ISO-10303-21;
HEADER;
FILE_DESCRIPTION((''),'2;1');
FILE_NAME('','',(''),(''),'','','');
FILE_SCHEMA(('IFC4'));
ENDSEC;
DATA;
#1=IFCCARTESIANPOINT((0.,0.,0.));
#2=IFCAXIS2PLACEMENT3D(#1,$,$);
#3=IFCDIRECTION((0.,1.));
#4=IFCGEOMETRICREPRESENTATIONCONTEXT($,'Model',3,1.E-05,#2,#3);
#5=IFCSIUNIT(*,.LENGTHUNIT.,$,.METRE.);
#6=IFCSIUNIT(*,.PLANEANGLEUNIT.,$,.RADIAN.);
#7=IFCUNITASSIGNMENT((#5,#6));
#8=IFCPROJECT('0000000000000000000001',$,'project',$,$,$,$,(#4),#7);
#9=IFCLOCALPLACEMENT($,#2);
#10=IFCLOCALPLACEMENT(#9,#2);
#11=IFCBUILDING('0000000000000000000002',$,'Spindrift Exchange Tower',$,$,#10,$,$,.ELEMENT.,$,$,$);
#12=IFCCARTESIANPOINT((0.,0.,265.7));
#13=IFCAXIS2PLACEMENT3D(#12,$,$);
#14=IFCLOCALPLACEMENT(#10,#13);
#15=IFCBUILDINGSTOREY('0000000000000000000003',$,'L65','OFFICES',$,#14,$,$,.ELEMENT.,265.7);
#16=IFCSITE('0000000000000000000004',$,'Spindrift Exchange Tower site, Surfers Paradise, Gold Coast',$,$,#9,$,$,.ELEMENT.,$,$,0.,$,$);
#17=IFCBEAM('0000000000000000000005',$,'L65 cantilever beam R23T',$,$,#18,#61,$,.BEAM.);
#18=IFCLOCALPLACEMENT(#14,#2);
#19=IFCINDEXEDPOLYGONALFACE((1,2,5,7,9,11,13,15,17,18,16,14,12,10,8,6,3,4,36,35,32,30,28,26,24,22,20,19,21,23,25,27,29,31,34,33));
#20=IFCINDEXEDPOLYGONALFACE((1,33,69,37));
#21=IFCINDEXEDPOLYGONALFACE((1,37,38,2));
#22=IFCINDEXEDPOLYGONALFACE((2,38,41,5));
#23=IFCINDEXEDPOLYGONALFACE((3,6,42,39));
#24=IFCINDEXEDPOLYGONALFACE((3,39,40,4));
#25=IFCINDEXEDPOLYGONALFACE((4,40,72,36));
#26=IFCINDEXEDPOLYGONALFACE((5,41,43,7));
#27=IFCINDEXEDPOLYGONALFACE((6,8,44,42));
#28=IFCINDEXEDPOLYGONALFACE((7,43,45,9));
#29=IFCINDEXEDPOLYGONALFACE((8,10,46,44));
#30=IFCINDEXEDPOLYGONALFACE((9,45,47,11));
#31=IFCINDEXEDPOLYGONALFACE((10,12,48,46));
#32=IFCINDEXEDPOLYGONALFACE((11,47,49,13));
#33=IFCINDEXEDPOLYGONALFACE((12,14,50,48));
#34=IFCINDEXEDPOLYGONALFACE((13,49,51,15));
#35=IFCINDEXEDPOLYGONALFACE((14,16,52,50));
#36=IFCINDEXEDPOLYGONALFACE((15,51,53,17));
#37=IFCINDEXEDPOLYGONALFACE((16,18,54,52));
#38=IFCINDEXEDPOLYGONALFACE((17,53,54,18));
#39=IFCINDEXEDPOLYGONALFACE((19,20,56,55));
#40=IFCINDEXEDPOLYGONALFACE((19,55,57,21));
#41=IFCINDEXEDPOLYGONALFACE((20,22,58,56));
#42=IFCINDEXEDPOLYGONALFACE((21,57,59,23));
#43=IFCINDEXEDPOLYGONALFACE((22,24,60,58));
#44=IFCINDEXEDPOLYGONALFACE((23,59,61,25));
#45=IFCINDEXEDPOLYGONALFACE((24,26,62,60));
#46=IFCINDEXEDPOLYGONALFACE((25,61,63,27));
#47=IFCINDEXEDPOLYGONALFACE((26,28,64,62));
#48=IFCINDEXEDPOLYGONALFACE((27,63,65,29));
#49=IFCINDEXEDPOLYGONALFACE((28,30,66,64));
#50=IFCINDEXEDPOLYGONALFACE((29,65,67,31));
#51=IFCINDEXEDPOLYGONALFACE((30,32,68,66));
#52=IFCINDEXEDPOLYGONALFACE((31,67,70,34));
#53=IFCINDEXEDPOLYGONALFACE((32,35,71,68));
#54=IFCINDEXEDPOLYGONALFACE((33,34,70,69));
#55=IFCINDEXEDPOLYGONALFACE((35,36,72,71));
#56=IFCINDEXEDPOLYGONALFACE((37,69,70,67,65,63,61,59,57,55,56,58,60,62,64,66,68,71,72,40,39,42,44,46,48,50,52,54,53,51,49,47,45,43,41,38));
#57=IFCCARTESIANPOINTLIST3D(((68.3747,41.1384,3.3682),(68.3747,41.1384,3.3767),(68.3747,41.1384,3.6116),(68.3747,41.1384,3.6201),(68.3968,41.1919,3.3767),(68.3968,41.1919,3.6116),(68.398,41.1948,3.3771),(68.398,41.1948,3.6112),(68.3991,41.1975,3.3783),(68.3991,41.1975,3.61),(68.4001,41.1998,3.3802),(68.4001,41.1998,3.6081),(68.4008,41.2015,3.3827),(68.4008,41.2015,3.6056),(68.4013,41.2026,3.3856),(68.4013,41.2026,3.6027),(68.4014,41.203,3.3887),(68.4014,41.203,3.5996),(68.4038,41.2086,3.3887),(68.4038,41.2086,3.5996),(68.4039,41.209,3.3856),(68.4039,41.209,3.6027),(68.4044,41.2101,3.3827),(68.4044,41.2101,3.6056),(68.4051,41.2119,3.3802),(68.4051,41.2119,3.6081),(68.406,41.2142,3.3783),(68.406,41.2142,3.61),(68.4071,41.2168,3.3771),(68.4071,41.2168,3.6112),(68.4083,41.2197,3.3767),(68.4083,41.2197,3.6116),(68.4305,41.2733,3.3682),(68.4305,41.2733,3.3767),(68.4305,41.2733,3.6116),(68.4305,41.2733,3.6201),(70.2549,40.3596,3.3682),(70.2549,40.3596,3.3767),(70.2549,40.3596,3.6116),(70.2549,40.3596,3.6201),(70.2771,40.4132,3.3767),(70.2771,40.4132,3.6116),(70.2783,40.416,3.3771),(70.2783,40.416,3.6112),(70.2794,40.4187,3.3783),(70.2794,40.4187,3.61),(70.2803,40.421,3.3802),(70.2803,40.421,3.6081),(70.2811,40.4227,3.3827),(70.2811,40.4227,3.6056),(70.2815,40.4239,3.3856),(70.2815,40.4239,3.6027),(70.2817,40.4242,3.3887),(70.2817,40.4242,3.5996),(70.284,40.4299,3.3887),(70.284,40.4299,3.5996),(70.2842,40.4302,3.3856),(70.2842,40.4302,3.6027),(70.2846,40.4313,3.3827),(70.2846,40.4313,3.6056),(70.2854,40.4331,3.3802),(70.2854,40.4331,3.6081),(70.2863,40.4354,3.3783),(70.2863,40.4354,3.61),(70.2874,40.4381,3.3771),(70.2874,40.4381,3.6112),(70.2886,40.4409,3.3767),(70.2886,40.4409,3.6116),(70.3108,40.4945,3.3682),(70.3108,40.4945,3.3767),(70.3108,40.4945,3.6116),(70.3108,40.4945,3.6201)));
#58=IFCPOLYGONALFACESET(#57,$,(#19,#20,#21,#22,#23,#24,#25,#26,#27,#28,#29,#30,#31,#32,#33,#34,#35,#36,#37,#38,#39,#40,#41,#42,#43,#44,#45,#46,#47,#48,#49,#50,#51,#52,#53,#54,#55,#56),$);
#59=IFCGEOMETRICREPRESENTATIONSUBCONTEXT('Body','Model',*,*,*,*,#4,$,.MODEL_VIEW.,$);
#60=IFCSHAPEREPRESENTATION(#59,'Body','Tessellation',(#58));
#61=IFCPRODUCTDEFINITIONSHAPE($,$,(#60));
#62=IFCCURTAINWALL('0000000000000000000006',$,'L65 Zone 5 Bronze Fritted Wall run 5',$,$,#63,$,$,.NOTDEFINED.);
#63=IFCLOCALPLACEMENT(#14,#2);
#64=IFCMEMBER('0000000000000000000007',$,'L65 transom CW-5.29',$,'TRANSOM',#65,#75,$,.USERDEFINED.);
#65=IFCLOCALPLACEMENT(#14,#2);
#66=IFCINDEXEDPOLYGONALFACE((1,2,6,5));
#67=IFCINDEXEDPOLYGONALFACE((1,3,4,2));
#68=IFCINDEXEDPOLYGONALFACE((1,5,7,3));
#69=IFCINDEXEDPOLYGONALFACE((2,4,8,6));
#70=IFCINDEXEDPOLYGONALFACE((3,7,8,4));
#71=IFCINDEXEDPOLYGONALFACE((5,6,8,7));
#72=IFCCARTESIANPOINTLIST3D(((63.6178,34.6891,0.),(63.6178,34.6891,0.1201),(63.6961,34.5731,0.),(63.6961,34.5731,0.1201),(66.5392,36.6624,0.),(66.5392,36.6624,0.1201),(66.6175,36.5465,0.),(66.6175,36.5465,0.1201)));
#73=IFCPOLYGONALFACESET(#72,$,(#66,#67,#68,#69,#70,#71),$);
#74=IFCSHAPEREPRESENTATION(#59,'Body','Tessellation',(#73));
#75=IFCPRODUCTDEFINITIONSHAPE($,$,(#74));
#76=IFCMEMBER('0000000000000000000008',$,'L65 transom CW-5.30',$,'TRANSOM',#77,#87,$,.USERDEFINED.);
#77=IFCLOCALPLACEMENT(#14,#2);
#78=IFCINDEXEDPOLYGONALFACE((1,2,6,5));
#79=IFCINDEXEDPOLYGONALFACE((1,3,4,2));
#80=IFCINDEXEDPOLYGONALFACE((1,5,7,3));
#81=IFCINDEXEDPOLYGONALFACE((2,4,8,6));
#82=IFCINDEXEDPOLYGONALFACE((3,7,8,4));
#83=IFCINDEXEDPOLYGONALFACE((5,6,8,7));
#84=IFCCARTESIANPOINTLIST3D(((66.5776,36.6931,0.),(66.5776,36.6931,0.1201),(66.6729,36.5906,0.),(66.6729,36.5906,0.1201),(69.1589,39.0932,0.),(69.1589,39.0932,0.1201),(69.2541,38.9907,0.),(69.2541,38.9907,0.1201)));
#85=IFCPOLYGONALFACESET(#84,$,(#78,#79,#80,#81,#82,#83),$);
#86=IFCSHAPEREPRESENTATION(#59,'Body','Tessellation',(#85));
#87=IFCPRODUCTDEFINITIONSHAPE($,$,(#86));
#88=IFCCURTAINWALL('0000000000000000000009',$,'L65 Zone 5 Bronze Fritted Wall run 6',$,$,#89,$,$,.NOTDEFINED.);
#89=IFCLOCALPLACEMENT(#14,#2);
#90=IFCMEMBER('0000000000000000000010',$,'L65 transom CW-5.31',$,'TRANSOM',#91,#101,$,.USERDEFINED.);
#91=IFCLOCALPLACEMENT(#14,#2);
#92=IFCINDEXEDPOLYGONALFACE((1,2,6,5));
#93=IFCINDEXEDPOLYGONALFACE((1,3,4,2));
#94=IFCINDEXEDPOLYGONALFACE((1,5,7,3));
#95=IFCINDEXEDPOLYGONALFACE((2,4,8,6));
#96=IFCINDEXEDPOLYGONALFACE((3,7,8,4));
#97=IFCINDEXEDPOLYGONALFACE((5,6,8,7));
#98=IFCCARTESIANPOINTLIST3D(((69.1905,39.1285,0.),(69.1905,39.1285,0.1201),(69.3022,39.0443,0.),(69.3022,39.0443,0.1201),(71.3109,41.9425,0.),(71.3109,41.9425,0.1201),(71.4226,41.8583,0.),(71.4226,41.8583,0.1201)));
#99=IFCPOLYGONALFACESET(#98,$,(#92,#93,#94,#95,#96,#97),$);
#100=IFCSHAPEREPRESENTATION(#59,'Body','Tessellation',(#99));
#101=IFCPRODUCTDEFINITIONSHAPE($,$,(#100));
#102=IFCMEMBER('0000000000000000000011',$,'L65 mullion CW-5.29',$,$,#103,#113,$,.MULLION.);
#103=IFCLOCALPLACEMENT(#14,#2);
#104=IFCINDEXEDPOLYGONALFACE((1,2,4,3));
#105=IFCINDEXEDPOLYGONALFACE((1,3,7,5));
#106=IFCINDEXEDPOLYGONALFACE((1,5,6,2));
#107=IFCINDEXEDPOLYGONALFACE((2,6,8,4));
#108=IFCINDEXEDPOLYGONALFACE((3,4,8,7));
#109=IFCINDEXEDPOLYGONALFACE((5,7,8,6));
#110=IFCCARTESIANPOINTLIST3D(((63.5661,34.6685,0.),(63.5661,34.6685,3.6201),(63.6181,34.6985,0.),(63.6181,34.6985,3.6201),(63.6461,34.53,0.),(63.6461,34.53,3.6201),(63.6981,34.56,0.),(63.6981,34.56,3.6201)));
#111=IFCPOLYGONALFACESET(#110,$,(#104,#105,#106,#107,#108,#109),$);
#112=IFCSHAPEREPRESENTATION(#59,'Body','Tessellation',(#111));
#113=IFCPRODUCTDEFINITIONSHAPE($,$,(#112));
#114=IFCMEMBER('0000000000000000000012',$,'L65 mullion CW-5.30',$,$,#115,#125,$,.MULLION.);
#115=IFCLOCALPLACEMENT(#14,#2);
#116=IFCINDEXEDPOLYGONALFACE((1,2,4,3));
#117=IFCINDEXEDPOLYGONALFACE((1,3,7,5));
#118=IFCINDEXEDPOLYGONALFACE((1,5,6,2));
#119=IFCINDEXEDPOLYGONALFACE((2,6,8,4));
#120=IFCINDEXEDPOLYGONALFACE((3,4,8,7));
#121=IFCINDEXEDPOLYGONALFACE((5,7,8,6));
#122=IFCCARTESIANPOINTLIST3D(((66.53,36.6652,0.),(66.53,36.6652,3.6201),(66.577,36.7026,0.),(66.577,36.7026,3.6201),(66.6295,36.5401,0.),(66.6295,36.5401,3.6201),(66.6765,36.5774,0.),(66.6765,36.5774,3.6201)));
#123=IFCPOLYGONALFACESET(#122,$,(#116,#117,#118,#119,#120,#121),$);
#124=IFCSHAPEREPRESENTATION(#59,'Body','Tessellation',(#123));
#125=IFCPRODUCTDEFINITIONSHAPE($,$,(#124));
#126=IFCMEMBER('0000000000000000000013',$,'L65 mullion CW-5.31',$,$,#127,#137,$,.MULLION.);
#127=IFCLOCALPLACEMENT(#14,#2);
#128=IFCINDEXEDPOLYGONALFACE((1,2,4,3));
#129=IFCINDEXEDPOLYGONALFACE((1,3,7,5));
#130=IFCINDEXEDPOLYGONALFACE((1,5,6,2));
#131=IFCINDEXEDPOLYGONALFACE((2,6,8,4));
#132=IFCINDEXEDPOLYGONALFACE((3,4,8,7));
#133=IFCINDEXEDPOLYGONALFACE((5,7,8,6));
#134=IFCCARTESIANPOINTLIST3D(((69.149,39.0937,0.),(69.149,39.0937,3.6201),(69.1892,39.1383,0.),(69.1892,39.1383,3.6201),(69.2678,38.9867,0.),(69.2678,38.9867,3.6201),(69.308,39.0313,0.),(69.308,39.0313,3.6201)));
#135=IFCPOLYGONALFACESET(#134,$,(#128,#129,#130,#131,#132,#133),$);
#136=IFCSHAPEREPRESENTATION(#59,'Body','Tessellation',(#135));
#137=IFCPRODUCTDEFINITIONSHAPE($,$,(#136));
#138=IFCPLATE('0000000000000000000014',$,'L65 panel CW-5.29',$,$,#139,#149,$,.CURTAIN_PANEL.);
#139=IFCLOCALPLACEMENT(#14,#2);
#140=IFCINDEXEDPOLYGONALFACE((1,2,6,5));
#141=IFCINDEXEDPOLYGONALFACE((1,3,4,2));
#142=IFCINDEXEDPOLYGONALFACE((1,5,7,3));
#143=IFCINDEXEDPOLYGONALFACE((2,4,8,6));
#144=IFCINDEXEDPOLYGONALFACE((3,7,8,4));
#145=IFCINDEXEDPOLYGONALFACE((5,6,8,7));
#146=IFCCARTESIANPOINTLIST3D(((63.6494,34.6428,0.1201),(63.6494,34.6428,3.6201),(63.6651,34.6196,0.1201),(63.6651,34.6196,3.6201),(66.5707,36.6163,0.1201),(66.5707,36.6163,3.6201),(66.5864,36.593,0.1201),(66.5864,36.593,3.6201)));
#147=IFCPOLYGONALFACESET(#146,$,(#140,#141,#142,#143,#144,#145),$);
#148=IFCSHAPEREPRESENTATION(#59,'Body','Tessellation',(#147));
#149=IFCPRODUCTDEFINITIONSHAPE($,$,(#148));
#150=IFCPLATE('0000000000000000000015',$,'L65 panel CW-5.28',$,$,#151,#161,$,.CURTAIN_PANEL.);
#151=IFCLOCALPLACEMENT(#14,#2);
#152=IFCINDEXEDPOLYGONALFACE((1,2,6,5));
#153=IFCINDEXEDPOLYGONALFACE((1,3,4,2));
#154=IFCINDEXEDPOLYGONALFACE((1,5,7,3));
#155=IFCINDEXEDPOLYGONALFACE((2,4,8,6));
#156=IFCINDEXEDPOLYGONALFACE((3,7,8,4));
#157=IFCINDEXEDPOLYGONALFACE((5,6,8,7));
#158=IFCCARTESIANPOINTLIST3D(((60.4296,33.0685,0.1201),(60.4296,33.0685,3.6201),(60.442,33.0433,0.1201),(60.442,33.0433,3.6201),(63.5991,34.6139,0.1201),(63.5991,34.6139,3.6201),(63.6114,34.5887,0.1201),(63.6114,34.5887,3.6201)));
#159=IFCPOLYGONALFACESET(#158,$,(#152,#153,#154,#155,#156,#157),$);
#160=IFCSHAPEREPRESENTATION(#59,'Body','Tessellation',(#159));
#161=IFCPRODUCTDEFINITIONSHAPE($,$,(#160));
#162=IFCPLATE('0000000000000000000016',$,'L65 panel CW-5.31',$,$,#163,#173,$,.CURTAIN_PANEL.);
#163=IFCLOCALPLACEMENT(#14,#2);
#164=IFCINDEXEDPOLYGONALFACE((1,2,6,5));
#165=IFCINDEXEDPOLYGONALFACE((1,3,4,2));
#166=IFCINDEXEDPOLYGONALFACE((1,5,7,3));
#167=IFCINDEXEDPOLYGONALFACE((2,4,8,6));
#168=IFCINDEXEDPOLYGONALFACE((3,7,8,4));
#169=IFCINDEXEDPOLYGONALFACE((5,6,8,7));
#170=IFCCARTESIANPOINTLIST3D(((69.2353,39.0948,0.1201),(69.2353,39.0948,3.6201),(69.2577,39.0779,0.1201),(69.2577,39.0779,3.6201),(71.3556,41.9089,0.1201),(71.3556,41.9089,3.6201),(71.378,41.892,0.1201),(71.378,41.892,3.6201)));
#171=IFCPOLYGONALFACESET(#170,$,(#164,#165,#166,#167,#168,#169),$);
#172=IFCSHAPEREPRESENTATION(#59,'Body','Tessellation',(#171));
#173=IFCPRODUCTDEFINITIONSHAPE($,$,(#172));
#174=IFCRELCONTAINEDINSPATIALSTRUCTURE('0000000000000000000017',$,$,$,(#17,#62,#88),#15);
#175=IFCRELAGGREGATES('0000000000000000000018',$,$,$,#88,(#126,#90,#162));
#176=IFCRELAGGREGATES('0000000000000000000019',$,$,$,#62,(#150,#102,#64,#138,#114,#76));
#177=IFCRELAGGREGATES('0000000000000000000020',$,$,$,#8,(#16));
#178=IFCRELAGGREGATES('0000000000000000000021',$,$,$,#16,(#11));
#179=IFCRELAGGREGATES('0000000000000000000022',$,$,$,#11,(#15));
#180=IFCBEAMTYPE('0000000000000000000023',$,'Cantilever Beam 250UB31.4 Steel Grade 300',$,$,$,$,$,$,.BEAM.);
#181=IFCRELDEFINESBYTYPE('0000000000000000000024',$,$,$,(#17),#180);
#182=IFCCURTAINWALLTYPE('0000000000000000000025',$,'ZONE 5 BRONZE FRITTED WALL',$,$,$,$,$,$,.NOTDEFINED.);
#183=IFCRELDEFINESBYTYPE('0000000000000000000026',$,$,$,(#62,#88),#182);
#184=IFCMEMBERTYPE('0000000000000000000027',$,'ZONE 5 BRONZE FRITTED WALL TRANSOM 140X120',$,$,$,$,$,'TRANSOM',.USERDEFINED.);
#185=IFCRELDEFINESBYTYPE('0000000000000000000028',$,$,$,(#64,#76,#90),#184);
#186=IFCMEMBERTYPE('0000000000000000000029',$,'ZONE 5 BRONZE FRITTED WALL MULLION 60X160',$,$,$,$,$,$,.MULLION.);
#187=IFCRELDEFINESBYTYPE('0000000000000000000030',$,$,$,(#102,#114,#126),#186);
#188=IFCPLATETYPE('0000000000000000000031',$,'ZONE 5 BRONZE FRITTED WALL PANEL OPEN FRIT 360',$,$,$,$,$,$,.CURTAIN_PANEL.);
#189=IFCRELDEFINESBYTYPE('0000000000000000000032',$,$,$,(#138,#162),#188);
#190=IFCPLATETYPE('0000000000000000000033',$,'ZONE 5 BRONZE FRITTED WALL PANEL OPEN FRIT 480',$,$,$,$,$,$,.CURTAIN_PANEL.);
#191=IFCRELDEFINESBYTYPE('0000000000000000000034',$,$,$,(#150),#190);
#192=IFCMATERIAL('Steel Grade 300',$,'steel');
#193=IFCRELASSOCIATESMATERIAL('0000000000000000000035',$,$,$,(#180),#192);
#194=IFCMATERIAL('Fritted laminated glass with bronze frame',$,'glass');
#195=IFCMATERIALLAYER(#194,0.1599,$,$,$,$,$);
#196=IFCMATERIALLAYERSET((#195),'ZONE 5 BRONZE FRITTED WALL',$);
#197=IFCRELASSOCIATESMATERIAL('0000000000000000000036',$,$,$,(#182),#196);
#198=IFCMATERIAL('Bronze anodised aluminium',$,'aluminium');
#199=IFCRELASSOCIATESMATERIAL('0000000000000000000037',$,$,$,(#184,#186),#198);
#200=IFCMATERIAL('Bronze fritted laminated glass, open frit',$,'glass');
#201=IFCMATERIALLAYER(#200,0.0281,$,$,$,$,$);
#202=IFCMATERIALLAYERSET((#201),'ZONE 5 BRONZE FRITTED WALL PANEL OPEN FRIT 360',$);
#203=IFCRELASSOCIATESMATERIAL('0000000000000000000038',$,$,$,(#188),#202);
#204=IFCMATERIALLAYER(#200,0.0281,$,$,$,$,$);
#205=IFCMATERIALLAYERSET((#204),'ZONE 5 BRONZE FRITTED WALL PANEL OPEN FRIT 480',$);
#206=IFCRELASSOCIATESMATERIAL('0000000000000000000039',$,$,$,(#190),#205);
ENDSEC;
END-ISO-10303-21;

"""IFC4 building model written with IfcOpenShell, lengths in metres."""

from ifc_helpers import new_model, si_unit, direction, frame, origin, origin_2d, place, context, subcontext, project, spatial, rectangle, i_section, extrude, source, transform, mapped, material, layer, layer_set, material_profile, profile_set, type_object, element, aggregate, save


model = new_model("IFC4")

# Units and contexts
model_context = context("Model", 3, precision=1e-05, world=origin(), true_north=direction((0.0, 1.0)))
body_context = subcontext(model_context, "Body", "Model", "MODEL_VIEW")
ifc_project = project(units=[si_unit("LENGTHUNIT", "METRE"), si_unit("PLANEANGLEUNIT", "RADIAN")], contexts=[model_context])

# Site, building, storey
site_placement = place(None, origin())
site = spatial("IfcSite", under=ifc_project, at=site_placement, Name="Spindrift Exchange Tower site, Surfers Paradise, Gold Coast", CompositionType="ELEMENT", RefElevation=0.0)
building_placement = place(site_placement, origin())
building = spatial("IfcBuilding", under=site, at=building_placement, Name="Spindrift Exchange Tower", CompositionType="ELEMENT")
storey_placement = place(building_placement, frame((0.0, 0.0, 265.7)))
storey = spatial("IfcBuildingStorey", under=building, at=storey_placement, Name="L65", Description="OFFICES", CompositionType="ELEMENT", Elevation=265.7)

# Beam
ifc_material_1 = material(Name="Steel Grade 300", Category="steel")
ifc_material_profile_1 = material_profile(ifc_material_1, i_section(OverallWidth=0.146, OverallDepth=0.252, WebThickness=0.0061, FlangeThickness=0.0085, FilletRadius=0.012, at=origin_2d()), Name="250UB31.4")
ifc_profile_set_1 = profile_set([ifc_material_profile_1], Name="Steel Grade 300")
beam_type_1 = type_object("IfcBeamType", Name="Cantilever Beam 250UB31.4 Steel Grade 300", PredefinedType="BEAM", material=ifc_profile_set_1)
shared_shape_1 = source(origin(), body_context, "Body", "SweptSolid", [
    extrude(i_section(OverallWidth=0.146, OverallDepth=0.252, WebThickness=0.0061, FlangeThickness=0.0085, FilletRadius=0.012, at=origin_2d()), origin(), (0.0, 0.0, 1.0), 2.0352),
])
beam_1_placement = place(storey_placement, frame((68.4026, 41.2058, 3.4941), z_axis=(0.923891, -0.382655, 0.0), x_axis=(0.382655, 0.923891, 0.0)))
element("IfcBeam", 1, at=beam_1_placement, inside=storey, type_object=beam_type_1, Name="L65 cantilever beam R23T", PredefinedType="BEAM", context=body_context, shape_type="MappedRepresentation", body=[
    mapped(shared_shape_1, transform((0.0, 0.0, 0.0), scale=1.0)),
])

# Curtain wall, members
ifc_material_2 = material(Name="Fritted laminated glass with bronze frame", Category="glass")
ifc_layer_1 = layer(ifc_material_2, 0.1599)
ifc_layer_set_1 = layer_set([ifc_layer_1], Name="ZONE 5 BRONZE FRITTED WALL")
curtain_wall_type = type_object("IfcCurtainWallType", Name="ZONE 5 BRONZE FRITTED WALL", PredefinedType="NOTDEFINED", material=ifc_layer_set_1)
curtain_wall_1_placement = place(storey_placement, origin())
curtain_wall_1 = element("IfcCurtainWall", 2, at=curtain_wall_1_placement, inside=storey, type_object=curtain_wall_type, Name="L65 Zone 5 Bronze Fritted Wall run 5", PredefinedType="NOTDEFINED")
ifc_material_3 = material(Name="Bronze anodised aluminium", Category="aluminium")
ifc_material_profile_2 = material_profile(ifc_material_3, rectangle(XDim=0.1399, YDim=0.1201, at=origin_2d()), Name="ZONE 5 BRONZE FRITTED WALL TRANSOM 140X120")
ifc_profile_set_2 = profile_set([ifc_material_profile_2], Name="Bronze anodised aluminium")
member_type_1 = type_object("IfcMemberType", Name="ZONE 5 BRONZE FRITTED WALL TRANSOM 140X120", ElementType="TRANSOM", PredefinedType="USERDEFINED", material=ifc_profile_set_2)
shared_shape_2 = source(origin(), body_context, "Body", "SweptSolid", [
    extrude(rectangle(XDim=0.1399, YDim=0.1201, at=origin_2d()), origin(), (0.0, 0.0, 1.0), 3.5254),
])
member_1_placement = place(storey_placement, frame((63.657, 34.6311, 0.0601), z_axis=(0.828658, 0.559756, 0.0), x_axis=(-0.559756, 0.828658, 0.0)))
member_1 = element("IfcMember", 3, at=member_1_placement, type_object=member_type_1, Name="L65 transom CW-5.29", ObjectType="TRANSOM", PredefinedType="USERDEFINED", context=body_context, shape_type="MappedRepresentation", body=[
    mapped(shared_shape_2, transform((0.0, 0.0, 0.0), scale=1.0)),
])
shared_shape_3 = source(origin(), body_context, "Body", "SweptSolid", [
    extrude(rectangle(XDim=0.1399, YDim=0.1201, at=origin_2d()), origin(), (0.0, 0.0, 1.0), 3.5247),
])
member_2_placement = place(storey_placement, frame((66.6252, 36.6418, 0.0601), z_axis=(0.732337, 0.680942, 0.0), x_axis=(-0.680942, 0.732337, 0.0)))
member_2 = element("IfcMember", 4, at=member_2_placement, type_object=member_type_1, Name="L65 transom CW-5.30", ObjectType="TRANSOM", PredefinedType="USERDEFINED", context=body_context, shape_type="MappedRepresentation", body=[
    mapped(shared_shape_3, transform((0.0, 0.0, 0.0), scale=1.0)),
])

# Curtain wall, member
curtain_wall_2_placement = place(storey_placement, origin())
curtain_wall_2 = element("IfcCurtainWall", 5, at=curtain_wall_2_placement, inside=storey, type_object=curtain_wall_type, Name="L65 Zone 5 Bronze Fritted Wall run 6", PredefinedType="NOTDEFINED")
shared_shape_4 = source(origin(), body_context, "Body", "SweptSolid", [
    extrude(rectangle(XDim=0.1399, YDim=0.1201, at=origin_2d()), origin(), (0.0, 0.0, 1.0), 3.5234),
])
member_3_placement = place(storey_placement, frame((69.2463, 39.0864, 0.0601), z_axis=(0.601795, 0.798651, 0.0), x_axis=(-0.798651, 0.601795, 0.0)))
member_3 = element("IfcMember", 6, at=member_3_placement, type_object=member_type_1, Name="L65 transom CW-5.31", ObjectType="TRANSOM", PredefinedType="USERDEFINED", context=body_context, shape_type="MappedRepresentation", body=[
    mapped(shared_shape_4, transform((0.0, 0.0, 0.0), scale=1.0)),
])

# Members
ifc_material_profile_3 = material_profile(ifc_material_3, rectangle(XDim=0.0601, YDim=0.1599, at=origin_2d()), Name="ZONE 5 BRONZE FRITTED WALL MULLION 60X160")
ifc_profile_set_3 = profile_set([ifc_material_profile_3], Name="Bronze anodised aluminium")
member_type_2 = type_object("IfcMemberType", Name="ZONE 5 BRONZE FRITTED WALL MULLION 60X160", PredefinedType="MULLION", material=ifc_profile_set_3)
shared_shape_5 = source(origin(), body_context, "Body", "SweptSolid", [
    extrude(rectangle(XDim=0.0601, YDim=0.1599, at=origin_2d()), origin(), (0.0, 0.0, 1.0), 3.6201),
])
member_4_placement = place(storey_placement, frame((63.6321, 34.6143, 0.0), z_axis=(0.0, 0.0, 1.0), x_axis=(0.865874, 0.500263, 0.0)))
member_4 = element("IfcMember", 7, at=member_4_placement, type_object=member_type_2, Name="L65 mullion CW-5.29", PredefinedType="MULLION", context=body_context, shape_type="MappedRepresentation", body=[
    mapped(shared_shape_5, transform((0.0, 0.0, 0.0), scale=1.0)),
])
member_5_placement = place(storey_placement, frame((66.6033, 36.6213, 0.0), z_axis=(0.0, 0.0, 1.0), x_axis=(0.782822, 0.622246, 0.0)))
member_5 = element("IfcMember", 8, at=member_5_placement, type_object=member_type_2, Name="L65 mullion CW-5.30", PredefinedType="MULLION", context=body_context, shape_type="MappedRepresentation", body=[
    mapped(shared_shape_5, transform((0.0, 0.0, 0.0), scale=1.0)),
])
member_6_placement = place(storey_placement, frame((69.2285, 39.0625, 0.0), z_axis=(0.0, 0.0, 1.0), x_axis=(0.669633, 0.742692, 0.0)))
member_6 = element("IfcMember", 9, at=member_6_placement, type_object=member_type_2, Name="L65 mullion CW-5.31", PredefinedType="MULLION", context=body_context, shape_type="MappedRepresentation", body=[
    mapped(shared_shape_5, transform((0.0, 0.0, 0.0), scale=1.0)),
])

# Plates
ifc_material_4 = material(Name="Bronze fritted laminated glass, open frit", Category="glass")
ifc_layer_2 = layer(ifc_material_4, 0.0281)
ifc_layer_set_2 = layer_set([ifc_layer_2], Name="ZONE 5 BRONZE FRITTED WALL PANEL OPEN FRIT 360")
plate_type_1 = type_object("IfcPlateType", Name="ZONE 5 BRONZE FRITTED WALL PANEL OPEN FRIT 360", PredefinedType="CURTAIN_PANEL", material=ifc_layer_set_2)
shared_shape_6 = source(origin(), body_context, "Body", "SweptSolid", [
    extrude(rectangle(XDim=3.5254, YDim=0.0281, at=origin_2d()), origin(), (0.0, 0.0, 1.0), 3.5),
])
plate_1_placement = place(storey_placement, frame((65.1179, 35.6179, 0.1201), z_axis=(0.0, 0.0, 1.0), x_axis=(0.828641, 0.55978, 0.0)))
plate_1 = element("IfcPlate", 10, at=plate_1_placement, type_object=plate_type_1, Name="L65 panel CW-5.29", PredefinedType="CURTAIN_PANEL", context=body_context, shape_type="MappedRepresentation", body=[
    mapped(shared_shape_6, transform((0.0, 0.0, 0.0), scale=1.0)),
])
ifc_layer_3 = layer(ifc_material_4, 0.0281)
ifc_layer_set_3 = layer_set([ifc_layer_3], Name="ZONE 5 BRONZE FRITTED WALL PANEL OPEN FRIT 480")
plate_type_2 = type_object("IfcPlateType", Name="ZONE 5 BRONZE FRITTED WALL PANEL OPEN FRIT 480", PredefinedType="CURTAIN_PANEL", material=ifc_layer_set_3)
shared_shape_7 = source(origin(), body_context, "Body", "SweptSolid", [
    extrude(rectangle(XDim=3.5261, YDim=0.0281, at=origin_2d()), origin(), (0.0, 0.0, 1.0), 3.5),
])
plate_2_placement = place(storey_placement, frame((62.0205, 33.8286, 0.1201), z_axis=(0.0, 0.0, 1.0), x_axis=(0.898839, 0.438279, 0.0)))
plate_2 = element("IfcPlate", 11, at=plate_2_placement, type_object=plate_type_2, Name="L65 panel CW-5.28", PredefinedType="CURTAIN_PANEL", context=body_context, shape_type="MappedRepresentation", body=[
    mapped(shared_shape_7, transform((0.0, 0.0, 0.0), scale=1.0)),
])
shared_shape_8 = source(origin(), body_context, "Body", "SweptSolid", [
    extrude(rectangle(XDim=3.5234, YDim=0.0281, at=origin_2d()), origin(), (0.0, 0.0, 1.0), 3.5),
])
plate_3_placement = place(storey_placement, frame((70.3066, 40.4934, 0.1201), z_axis=(0.0, 0.0, 1.0), x_axis=(0.60178, 0.798662, 0.0)))
plate_3 = element("IfcPlate", 12, at=plate_3_placement, type_object=plate_type_1, Name="L65 panel CW-5.31", PredefinedType="CURTAIN_PANEL", context=body_context, shape_type="MappedRepresentation", body=[
    mapped(shared_shape_8, transform((0.0, 0.0, 0.0), scale=1.0)),
])
aggregate(curtain_wall_2, [member_6, member_3, plate_3])
aggregate(curtain_wall_1, [plate_2, member_4, member_1, plate_1, member_5, member_2])

save(model, "model.ifc")
